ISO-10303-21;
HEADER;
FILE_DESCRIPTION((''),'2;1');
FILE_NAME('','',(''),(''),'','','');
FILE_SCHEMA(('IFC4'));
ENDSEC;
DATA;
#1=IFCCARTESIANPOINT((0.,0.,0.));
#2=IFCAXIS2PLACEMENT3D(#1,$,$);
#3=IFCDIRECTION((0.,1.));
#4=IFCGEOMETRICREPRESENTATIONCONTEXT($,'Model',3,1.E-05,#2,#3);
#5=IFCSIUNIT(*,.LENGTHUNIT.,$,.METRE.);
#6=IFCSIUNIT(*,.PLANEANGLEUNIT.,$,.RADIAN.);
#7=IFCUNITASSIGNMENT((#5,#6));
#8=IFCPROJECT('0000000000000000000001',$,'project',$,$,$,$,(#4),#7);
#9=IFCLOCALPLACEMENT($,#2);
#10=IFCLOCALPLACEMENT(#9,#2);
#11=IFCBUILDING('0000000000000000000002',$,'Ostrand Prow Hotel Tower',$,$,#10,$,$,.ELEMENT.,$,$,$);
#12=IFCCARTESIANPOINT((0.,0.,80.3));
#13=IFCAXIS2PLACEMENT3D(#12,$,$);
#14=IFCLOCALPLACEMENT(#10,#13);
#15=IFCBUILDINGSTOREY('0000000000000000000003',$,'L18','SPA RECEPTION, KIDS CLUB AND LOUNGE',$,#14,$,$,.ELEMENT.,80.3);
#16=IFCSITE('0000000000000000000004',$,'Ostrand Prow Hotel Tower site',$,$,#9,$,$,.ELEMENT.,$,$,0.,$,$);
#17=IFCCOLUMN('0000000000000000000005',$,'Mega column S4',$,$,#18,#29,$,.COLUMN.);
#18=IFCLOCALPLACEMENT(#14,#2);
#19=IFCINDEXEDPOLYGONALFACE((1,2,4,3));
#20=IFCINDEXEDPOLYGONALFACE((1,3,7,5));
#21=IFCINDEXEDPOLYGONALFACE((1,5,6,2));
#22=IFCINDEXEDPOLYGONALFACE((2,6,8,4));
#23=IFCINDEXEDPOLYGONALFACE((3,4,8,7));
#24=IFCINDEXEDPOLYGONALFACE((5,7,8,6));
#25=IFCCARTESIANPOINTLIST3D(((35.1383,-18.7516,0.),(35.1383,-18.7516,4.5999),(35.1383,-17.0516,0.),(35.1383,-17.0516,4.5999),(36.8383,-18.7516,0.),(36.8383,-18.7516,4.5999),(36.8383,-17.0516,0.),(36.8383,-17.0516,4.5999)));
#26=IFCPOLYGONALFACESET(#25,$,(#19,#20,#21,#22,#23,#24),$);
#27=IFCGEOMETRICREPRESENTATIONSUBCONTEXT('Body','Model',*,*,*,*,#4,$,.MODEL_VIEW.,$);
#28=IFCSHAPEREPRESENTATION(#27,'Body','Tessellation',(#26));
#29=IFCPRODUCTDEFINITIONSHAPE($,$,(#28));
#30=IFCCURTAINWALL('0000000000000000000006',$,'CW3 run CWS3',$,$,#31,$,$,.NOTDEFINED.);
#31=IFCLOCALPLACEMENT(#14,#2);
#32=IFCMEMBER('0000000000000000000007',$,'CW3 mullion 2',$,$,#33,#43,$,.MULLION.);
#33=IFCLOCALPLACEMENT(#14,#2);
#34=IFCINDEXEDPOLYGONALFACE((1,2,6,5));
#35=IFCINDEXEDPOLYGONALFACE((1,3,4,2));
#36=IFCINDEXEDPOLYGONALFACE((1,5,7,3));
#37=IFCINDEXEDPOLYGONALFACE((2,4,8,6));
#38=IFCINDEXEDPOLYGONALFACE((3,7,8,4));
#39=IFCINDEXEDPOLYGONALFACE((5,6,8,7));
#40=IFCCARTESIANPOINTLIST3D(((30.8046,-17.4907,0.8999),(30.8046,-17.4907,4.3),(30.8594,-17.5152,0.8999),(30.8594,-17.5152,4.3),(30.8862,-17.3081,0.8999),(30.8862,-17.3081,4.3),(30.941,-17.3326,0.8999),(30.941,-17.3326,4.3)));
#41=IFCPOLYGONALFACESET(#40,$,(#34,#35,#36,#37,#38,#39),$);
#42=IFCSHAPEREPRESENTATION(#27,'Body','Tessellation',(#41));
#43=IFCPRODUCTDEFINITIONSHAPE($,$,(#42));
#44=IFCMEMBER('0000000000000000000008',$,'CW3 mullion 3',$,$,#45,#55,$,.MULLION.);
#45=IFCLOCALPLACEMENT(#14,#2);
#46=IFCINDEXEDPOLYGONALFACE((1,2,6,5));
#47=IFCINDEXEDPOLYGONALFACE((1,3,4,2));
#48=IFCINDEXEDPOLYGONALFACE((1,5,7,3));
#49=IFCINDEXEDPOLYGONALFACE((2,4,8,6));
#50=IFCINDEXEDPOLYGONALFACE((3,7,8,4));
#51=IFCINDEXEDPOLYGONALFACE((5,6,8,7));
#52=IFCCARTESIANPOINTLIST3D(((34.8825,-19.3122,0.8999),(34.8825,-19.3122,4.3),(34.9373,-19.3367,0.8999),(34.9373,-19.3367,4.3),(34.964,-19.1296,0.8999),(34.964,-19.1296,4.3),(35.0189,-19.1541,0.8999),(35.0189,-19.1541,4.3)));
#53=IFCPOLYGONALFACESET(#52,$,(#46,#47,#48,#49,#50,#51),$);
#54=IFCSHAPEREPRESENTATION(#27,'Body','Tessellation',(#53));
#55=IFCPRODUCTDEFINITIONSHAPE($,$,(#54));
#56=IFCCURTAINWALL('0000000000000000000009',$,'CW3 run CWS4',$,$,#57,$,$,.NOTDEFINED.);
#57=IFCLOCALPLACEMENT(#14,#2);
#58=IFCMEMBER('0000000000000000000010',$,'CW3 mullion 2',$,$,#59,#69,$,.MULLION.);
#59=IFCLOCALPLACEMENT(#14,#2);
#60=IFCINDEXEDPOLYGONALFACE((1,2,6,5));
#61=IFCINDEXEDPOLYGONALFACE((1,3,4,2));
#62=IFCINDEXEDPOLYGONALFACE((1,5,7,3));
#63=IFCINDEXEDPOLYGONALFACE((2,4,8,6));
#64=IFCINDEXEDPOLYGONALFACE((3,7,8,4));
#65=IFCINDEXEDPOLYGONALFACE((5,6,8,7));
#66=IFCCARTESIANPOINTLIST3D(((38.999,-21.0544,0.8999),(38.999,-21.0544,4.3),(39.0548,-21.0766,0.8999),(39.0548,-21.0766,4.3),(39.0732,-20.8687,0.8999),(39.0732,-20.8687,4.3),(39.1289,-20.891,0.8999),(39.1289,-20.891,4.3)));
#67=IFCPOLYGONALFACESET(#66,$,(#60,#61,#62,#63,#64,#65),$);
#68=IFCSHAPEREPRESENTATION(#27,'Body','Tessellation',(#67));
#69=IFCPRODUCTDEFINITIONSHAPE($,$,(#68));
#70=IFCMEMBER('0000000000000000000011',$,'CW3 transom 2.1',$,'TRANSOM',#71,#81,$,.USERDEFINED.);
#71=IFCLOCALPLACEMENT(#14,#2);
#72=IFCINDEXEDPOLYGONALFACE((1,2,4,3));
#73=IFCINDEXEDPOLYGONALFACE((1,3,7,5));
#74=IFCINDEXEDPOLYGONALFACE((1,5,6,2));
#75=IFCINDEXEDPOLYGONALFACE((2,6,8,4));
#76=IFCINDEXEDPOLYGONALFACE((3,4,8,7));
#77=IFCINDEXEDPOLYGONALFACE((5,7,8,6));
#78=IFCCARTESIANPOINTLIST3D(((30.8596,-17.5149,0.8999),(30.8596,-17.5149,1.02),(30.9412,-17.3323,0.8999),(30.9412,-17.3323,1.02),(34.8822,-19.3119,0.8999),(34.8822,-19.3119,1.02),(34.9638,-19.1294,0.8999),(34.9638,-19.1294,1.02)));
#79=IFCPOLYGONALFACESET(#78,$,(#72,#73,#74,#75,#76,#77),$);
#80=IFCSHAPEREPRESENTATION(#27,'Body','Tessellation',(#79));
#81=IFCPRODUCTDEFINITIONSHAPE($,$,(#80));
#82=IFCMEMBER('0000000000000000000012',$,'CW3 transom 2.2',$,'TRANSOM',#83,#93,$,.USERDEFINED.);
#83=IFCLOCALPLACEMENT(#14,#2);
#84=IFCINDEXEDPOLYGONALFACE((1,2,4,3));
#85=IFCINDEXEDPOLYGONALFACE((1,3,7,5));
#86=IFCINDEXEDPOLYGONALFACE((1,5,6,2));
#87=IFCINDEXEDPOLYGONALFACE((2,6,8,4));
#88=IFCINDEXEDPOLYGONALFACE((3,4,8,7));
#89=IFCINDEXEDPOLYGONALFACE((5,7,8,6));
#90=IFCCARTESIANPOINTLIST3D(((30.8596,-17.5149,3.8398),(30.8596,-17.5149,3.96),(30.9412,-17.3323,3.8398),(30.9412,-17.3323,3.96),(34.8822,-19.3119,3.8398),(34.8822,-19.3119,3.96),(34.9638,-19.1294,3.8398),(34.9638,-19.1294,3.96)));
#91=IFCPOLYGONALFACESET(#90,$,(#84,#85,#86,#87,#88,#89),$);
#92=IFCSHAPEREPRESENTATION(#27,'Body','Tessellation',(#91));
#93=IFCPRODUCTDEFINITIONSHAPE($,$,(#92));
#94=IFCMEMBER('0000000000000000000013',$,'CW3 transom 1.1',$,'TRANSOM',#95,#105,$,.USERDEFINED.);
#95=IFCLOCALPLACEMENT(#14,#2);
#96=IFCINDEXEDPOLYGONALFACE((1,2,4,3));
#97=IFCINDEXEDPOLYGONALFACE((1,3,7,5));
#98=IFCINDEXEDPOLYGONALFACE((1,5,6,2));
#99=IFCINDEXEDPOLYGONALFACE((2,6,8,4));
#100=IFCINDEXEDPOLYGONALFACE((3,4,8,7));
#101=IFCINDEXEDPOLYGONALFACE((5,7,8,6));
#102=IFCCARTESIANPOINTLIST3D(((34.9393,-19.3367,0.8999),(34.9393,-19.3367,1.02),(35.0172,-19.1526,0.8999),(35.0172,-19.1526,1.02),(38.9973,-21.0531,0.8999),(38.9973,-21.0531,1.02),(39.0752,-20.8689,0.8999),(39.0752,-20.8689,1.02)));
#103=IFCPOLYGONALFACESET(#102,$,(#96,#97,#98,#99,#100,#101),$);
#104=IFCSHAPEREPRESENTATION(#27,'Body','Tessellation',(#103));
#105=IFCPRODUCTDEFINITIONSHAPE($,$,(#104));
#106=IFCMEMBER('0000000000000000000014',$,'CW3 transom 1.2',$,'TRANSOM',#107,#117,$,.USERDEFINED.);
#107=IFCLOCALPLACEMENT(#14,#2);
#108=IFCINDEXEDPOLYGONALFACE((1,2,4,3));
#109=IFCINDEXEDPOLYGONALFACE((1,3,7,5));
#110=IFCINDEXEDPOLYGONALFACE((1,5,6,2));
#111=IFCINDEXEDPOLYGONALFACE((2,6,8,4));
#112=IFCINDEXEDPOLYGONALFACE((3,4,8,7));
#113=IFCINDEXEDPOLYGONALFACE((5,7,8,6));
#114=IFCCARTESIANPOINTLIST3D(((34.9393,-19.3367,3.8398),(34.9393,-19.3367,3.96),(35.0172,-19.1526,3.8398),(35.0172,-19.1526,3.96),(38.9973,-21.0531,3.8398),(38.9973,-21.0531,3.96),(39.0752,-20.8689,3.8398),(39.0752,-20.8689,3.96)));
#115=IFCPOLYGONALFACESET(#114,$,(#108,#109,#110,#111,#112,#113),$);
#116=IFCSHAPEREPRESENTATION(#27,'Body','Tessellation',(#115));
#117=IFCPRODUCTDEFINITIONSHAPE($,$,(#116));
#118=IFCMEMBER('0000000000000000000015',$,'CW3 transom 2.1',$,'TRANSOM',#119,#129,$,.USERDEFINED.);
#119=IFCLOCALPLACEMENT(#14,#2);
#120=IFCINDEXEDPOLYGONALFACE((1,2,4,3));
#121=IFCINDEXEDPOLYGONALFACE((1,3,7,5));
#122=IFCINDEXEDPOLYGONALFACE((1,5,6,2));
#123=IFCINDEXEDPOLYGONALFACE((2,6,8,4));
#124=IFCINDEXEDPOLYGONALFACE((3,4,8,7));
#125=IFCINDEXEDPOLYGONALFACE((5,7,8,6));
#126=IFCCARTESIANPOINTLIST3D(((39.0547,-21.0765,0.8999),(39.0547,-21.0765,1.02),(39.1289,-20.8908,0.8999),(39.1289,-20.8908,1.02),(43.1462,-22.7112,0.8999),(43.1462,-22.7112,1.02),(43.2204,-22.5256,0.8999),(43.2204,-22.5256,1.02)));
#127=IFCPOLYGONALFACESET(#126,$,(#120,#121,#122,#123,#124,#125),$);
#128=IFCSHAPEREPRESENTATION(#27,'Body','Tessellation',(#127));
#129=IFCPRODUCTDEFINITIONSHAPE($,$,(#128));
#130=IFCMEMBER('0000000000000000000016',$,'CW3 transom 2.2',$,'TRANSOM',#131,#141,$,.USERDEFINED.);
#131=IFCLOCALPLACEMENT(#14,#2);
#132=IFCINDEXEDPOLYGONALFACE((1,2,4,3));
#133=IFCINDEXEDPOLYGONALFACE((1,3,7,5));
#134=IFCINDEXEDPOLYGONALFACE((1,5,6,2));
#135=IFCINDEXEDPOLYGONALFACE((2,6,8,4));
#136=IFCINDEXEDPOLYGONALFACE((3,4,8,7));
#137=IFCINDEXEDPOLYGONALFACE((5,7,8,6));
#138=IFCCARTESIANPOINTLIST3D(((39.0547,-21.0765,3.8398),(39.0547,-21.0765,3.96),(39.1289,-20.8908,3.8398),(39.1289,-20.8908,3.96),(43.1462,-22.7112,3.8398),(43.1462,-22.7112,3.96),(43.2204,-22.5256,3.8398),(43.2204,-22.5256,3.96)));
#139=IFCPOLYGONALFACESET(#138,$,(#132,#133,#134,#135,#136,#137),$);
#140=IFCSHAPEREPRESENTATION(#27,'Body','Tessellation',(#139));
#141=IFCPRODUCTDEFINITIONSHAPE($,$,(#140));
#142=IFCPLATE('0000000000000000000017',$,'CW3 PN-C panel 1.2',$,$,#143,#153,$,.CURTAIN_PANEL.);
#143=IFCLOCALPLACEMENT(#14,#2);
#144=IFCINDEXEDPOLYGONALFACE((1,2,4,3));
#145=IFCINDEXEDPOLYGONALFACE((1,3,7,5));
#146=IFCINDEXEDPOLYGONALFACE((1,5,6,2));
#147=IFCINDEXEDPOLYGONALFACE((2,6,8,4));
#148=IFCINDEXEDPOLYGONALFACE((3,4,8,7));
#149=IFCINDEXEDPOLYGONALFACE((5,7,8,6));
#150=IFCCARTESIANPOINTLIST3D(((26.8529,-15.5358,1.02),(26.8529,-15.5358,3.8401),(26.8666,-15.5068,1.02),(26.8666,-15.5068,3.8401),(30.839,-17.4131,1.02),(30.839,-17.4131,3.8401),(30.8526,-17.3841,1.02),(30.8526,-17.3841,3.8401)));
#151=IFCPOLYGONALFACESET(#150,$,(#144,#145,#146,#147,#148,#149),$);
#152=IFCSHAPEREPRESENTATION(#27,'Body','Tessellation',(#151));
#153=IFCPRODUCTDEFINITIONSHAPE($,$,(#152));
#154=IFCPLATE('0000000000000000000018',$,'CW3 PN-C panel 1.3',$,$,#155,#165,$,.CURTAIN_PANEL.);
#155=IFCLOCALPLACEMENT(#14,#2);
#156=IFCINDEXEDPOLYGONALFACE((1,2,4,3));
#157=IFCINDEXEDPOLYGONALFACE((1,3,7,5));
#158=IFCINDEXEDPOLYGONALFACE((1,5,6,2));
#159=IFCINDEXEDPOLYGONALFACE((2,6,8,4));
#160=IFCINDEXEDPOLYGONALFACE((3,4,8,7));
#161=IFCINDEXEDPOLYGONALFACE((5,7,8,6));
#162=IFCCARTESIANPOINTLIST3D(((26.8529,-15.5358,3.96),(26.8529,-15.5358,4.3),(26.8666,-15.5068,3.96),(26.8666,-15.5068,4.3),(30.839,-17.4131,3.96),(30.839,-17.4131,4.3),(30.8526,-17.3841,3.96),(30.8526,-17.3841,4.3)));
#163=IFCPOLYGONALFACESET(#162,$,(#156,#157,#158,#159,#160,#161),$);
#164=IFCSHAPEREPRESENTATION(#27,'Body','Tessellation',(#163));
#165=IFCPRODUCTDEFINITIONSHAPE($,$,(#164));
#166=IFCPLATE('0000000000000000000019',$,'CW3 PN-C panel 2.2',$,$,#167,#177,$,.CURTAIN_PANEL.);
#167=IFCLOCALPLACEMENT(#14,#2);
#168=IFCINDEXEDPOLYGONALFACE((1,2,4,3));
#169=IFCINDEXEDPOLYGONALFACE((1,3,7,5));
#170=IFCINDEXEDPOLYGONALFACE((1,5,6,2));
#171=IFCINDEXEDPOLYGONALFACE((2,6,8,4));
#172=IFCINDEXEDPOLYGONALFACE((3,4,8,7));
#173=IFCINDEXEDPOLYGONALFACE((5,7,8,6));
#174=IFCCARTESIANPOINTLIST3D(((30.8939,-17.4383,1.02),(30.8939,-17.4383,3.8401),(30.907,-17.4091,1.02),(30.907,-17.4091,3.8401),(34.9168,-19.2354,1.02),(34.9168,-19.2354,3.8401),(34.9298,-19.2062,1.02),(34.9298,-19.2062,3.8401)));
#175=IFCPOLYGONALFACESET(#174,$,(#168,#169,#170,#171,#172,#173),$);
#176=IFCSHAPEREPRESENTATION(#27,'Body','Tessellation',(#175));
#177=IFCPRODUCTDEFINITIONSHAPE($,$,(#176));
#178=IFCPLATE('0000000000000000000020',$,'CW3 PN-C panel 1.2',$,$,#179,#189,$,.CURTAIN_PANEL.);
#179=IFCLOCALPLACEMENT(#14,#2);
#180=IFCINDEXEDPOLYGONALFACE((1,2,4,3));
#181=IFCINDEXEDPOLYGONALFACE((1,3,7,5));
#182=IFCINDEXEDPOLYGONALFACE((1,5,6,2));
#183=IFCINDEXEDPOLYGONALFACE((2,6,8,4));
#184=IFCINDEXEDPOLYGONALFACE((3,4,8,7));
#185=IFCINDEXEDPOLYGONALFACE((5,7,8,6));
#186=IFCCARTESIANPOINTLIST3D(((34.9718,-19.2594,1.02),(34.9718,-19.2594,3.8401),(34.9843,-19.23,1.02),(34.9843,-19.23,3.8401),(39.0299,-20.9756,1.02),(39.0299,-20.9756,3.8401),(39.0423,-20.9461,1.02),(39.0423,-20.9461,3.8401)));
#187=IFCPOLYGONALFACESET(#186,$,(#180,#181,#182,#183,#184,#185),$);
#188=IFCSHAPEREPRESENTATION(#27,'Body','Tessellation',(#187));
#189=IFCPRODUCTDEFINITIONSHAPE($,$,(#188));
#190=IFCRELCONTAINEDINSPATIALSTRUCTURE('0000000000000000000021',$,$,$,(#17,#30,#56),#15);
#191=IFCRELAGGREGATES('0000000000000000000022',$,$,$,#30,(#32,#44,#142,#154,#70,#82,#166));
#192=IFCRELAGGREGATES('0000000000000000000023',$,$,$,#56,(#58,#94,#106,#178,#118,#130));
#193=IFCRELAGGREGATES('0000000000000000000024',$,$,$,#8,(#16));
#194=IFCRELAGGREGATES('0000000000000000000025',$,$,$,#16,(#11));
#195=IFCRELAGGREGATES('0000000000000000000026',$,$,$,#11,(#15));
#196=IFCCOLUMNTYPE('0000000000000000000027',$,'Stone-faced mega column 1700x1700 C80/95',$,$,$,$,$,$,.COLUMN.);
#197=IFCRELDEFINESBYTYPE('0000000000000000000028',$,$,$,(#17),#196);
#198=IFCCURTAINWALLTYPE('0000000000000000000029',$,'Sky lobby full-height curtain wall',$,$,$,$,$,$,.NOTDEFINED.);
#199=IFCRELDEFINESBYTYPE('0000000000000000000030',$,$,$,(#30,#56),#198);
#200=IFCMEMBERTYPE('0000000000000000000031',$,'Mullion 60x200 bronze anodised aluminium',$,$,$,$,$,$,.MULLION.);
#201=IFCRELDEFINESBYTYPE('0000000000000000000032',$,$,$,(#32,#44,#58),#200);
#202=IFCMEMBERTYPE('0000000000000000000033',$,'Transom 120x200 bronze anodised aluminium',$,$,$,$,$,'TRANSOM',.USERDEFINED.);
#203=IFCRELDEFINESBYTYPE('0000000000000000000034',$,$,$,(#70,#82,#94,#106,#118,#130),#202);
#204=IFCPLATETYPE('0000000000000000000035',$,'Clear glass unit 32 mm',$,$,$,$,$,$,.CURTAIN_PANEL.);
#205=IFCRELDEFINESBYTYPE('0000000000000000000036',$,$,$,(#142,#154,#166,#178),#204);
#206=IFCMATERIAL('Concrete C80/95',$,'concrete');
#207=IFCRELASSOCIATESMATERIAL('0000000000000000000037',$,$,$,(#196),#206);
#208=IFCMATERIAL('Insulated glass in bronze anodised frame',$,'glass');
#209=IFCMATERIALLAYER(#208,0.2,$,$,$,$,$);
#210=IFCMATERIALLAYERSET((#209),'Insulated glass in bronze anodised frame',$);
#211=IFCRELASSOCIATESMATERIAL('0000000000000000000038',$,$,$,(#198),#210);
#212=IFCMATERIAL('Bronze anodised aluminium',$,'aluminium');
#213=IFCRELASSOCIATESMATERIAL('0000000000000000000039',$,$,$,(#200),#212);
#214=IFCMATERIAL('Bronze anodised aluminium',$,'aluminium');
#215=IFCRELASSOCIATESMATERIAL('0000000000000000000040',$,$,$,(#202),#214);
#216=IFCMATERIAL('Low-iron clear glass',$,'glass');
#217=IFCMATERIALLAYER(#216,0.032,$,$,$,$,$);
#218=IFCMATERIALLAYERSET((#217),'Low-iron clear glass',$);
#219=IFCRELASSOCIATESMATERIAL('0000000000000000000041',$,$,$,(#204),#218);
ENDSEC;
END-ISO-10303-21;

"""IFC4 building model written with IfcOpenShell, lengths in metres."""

from ifc_helpers import new_model, si_unit, direction, frame, origin, origin_2d, place, context, subcontext, project, spatial, rectangle, extrude, material, layer, layer_set, material_profile, profile_set, type_object, element, aggregate, save


model = new_model("IFC4")

# Units and contexts
model_context = context("Model", 3, precision=1e-05, world=origin(), true_north=direction((0.0, 1.0)))
body_context = subcontext(model_context, "Body", "Model", "MODEL_VIEW")
ifc_project = project(units=[si_unit("LENGTHUNIT", "METRE"), si_unit("PLANEANGLEUNIT", "RADIAN")], contexts=[model_context])

# Site, building, storey
site_placement = place(None, origin())
site = spatial("IfcSite", under=ifc_project, at=site_placement, Name="Ostrand Prow Hotel Tower site", CompositionType="ELEMENT", RefElevation=0.0)
building_placement = place(site_placement, origin())
building = spatial("IfcBuilding", under=site, at=building_placement, Name="Ostrand Prow Hotel Tower", CompositionType="ELEMENT")
storey_placement = place(building_placement, frame((0.0, 0.0, 80.3)))
storey = spatial("IfcBuildingStorey", under=building, at=storey_placement, Name="L18", Description="SPA RECEPTION, KIDS CLUB AND LOUNGE", CompositionType="ELEMENT", Elevation=80.3)

# Column
ifc_material_1 = material(Name="Concrete C80/95", Category="concrete")
ifc_material_profile_1 = material_profile(ifc_material_1, rectangle(XDim=1.7, YDim=1.7, at=origin_2d()), Name="RC 1700x1700")
ifc_profile_set_1 = profile_set([ifc_material_profile_1], Name="Concrete C80/95")
column_type = type_object("IfcColumnType", Name="Stone-faced mega column 1700x1700 C80/95", PredefinedType="COLUMN", material=ifc_profile_set_1)
column_placement = place(storey_placement, frame((35.9883, -17.9016, 0.0), z_axis=(0.0, 0.0, 1.0), x_axis=(1.0, 0.0, 0.0)))
element("IfcColumn", 1, at=column_placement, inside=storey, type_object=column_type, Name="Mega column S4", PredefinedType="COLUMN", context=body_context, shape_type="SweptSolid", body=[
    extrude(rectangle(XDim=1.7, YDim=1.7, at=origin_2d()), origin(), (0.0, 0.0, 1.0), 4.5999),
])

# Curtain wall, members
ifc_material_2 = material(Name="Insulated glass in bronze anodised frame", Category="glass")
ifc_layer_1 = layer(ifc_material_2, 0.2)
ifc_layer_set_1 = layer_set([ifc_layer_1], Name="Insulated glass in bronze anodised frame")
curtain_wall_type = type_object("IfcCurtainWallType", Name="Sky lobby full-height curtain wall", PredefinedType="NOTDEFINED", material=ifc_layer_set_1)
curtain_wall_1_placement = place(storey_placement, origin())
curtain_wall_1 = element("IfcCurtainWall", 2, at=curtain_wall_1_placement, inside=storey, type_object=curtain_wall_type, Name="CW3 run CWS3", PredefinedType="NOTDEFINED")
ifc_material_3 = material(Name="Bronze anodised aluminium", Category="aluminium")
ifc_material_profile_2 = material_profile(ifc_material_3, rectangle(XDim=0.2, YDim=0.0601, at=origin_2d()), Name="Mullion 60x200 bronze anodised aluminium")
ifc_profile_set_2 = profile_set([ifc_material_profile_2], Name="Bronze anodised aluminium")
member_type_1 = type_object("IfcMemberType", Name="Mullion 60x200 bronze anodised aluminium", PredefinedType="MULLION", material=ifc_profile_set_2)
member_1_placement = place(storey_placement, frame((30.8728, -17.4116, 0.8999), z_axis=(0.0, 0.0, 1.0), x_axis=(0.407875, 0.913038, 0.0)))
member_1 = element("IfcMember", 3, at=member_1_placement, type_object=member_type_1, Name="CW3 mullion 2", PredefinedType="MULLION", context=body_context, shape_type="SweptSolid", body=[
    extrude(rectangle(XDim=0.2, YDim=0.0601, at=origin_2d()), origin(), (0.0, 0.0, 1.0), 3.4001),
])
member_2_placement = place(storey_placement, frame((34.9507, -19.2332, 0.8999), z_axis=(0.0, 0.0, 1.0), x_axis=(0.407875, 0.913038, 0.0)))
member_2 = element("IfcMember", 4, at=member_2_placement, type_object=member_type_1, Name="CW3 mullion 3", PredefinedType="MULLION", context=body_context, shape_type="SweptSolid", body=[
    extrude(rectangle(XDim=0.2, YDim=0.0601, at=origin_2d()), origin(), (0.0, 0.0, 1.0), 3.4001),
])

# Curtain wall, member
curtain_wall_2_placement = place(storey_placement, origin())
curtain_wall_2 = element("IfcCurtainWall", 5, at=curtain_wall_2_placement, inside=storey, type_object=curtain_wall_type, Name="CW3 run CWS4", PredefinedType="NOTDEFINED")
member_3_placement = place(storey_placement, frame((39.064, -20.9727, 0.8999), z_axis=(0.0, 0.0, 1.0), x_axis=(0.370982, 0.92864, 0.0)))
member_3 = element("IfcMember", 6, at=member_3_placement, type_object=member_type_1, Name="CW3 mullion 2", PredefinedType="MULLION", context=body_context, shape_type="SweptSolid", body=[
    extrude(rectangle(XDim=0.2, YDim=0.0601, at=origin_2d()), origin(), (0.0, 0.0, 1.0), 3.4001),
])

# Members
ifc_material_4 = material(Name="Bronze anodised aluminium", Category="aluminium")
ifc_material_profile_3 = material_profile(ifc_material_4, rectangle(XDim=0.2, YDim=0.1201, at=origin_2d()), Name="Transom 120x200 bronze anodised aluminium")
ifc_profile_set_3 = profile_set([ifc_material_profile_3], Name="Bronze anodised aluminium")
member_type_2 = type_object("IfcMemberType", Name="Transom 120x200 bronze anodised aluminium", ElementType="TRANSOM", PredefinedType="USERDEFINED", material=ifc_profile_set_3)
member_4_placement = place(storey_placement, frame((30.9004, -17.4236, 0.96), z_axis=(0.913031, -0.407891, 0.0), x_axis=(0.407891, 0.913031, 0.0)))
member_4 = element("IfcMember", 7, at=member_4_placement, type_object=member_type_2, Name="CW3 transom 2.1", ObjectType="TRANSOM", PredefinedType="USERDEFINED", context=body_context, shape_type="SweptSolid", body=[
    extrude(rectangle(XDim=0.2, YDim=0.1201, at=origin_2d()), origin(), (0.0, 0.0, 1.0), 4.4058),
])
member_5_placement = place(storey_placement, frame((30.9004, -17.4236, 3.8999), z_axis=(0.913031, -0.407891, 0.0), x_axis=(0.407891, 0.913031, 0.0)))
member_5 = element("IfcMember", 8, at=member_5_placement, type_object=member_type_2, Name="CW3 transom 2.2", ObjectType="TRANSOM", PredefinedType="USERDEFINED", context=body_context, shape_type="SweptSolid", body=[
    extrude(rectangle(XDim=0.2, YDim=0.1201, at=origin_2d()), origin(), (0.0, 0.0, 1.0), 4.4058),
])
member_6_placement = place(storey_placement, frame((34.9783, -19.2446, 0.96), z_axis=(0.921006, -0.389548, 0.0), x_axis=(0.389548, 0.921006, 0.0)))
member_6 = element("IfcMember", 9, at=member_6_placement, type_object=member_type_2, Name="CW3 transom 1.1", ObjectType="TRANSOM", PredefinedType="USERDEFINED", context=body_context, shape_type="SweptSolid", body=[
    extrude(rectangle(XDim=0.2, YDim=0.1201, at=origin_2d()), origin(), (0.0, 0.0, 1.0), 4.406),
])
member_7_placement = place(storey_placement, frame((34.9783, -19.2446, 3.8999), z_axis=(0.921006, -0.389548, 0.0), x_axis=(0.389548, 0.921006, 0.0)))
member_7 = element("IfcMember", 10, at=member_7_placement, type_object=member_type_2, Name="CW3 transom 1.2", ObjectType="TRANSOM", PredefinedType="USERDEFINED", context=body_context, shape_type="SweptSolid", body=[
    extrude(rectangle(XDim=0.2, YDim=0.1201, at=origin_2d()), origin(), (0.0, 0.0, 1.0), 4.406),
])
member_8_placement = place(storey_placement, frame((39.0918, -20.9836, 0.96), z_axis=(0.928622, -0.371028, 0.0), x_axis=(0.371028, 0.928622, 0.0)))
member_8 = element("IfcMember", 11, at=member_8_placement, type_object=member_type_2, Name="CW3 transom 2.1", ObjectType="TRANSOM", PredefinedType="USERDEFINED", context=body_context, shape_type="SweptSolid", body=[
    extrude(rectangle(XDim=0.2, YDim=0.1201, at=origin_2d()), origin(), (0.0, 0.0, 1.0), 4.406),
])
member_9_placement = place(storey_placement, frame((39.0918, -20.9836, 3.8999), z_axis=(0.928622, -0.371028, 0.0), x_axis=(0.371028, 0.928622, 0.0)))
member_9 = element("IfcMember", 12, at=member_9_placement, type_object=member_type_2, Name="CW3 transom 2.2", ObjectType="TRANSOM", PredefinedType="USERDEFINED", context=body_context, shape_type="SweptSolid", body=[
    extrude(rectangle(XDim=0.2, YDim=0.1201, at=origin_2d()), origin(), (0.0, 0.0, 1.0), 4.406),
])

# Plates
ifc_material_5 = material(Name="Low-iron clear glass", Category="glass")
ifc_layer_2 = layer(ifc_material_5, 0.032)
ifc_layer_set_2 = layer_set([ifc_layer_2], Name="Low-iron clear glass")
plate_type_1 = type_object("IfcPlateType", Name="Clear glass unit 32 mm", PredefinedType="CURTAIN_PANEL", material=ifc_layer_set_2)
plate_1_placement = place(storey_placement, frame((28.8528, -16.46, 1.02), z_axis=(0.0, 0.0, 1.0), x_axis=(0.904686, -0.426079, 0.0)))
plate_1 = element("IfcPlate", 13, at=plate_1_placement, type_object=plate_type_1, Name="CW3 PN-C panel 1.2", PredefinedType="CURTAIN_PANEL", context=body_context, shape_type="SweptSolid", body=[
    extrude(rectangle(XDim=4.406, YDim=0.032, at=origin_2d()), origin(), (0.0, 0.0, 1.0), 2.8201),
])
plate_2_placement = place(storey_placement, frame((28.8528, -16.46, 3.96), z_axis=(0.0, 0.0, 1.0), x_axis=(0.904686, -0.426079, 0.0)))
plate_2 = element("IfcPlate", 14, at=plate_2_placement, type_object=plate_type_1, Name="CW3 PN-C panel 1.3", PredefinedType="CURTAIN_PANEL", context=body_context, shape_type="SweptSolid", body=[
    extrude(rectangle(XDim=4.406, YDim=0.032, at=origin_2d()), origin(), (0.0, 0.0, 1.0), 0.3401),
])
plate_3_placement = place(storey_placement, frame((32.9119, -18.3223, 1.02), z_axis=(0.0, 0.0, 1.0), x_axis=(0.913038, -0.407875, 0.0)))
plate_3 = element("IfcPlate", 15, at=plate_3_placement, type_object=plate_type_1, Name="CW3 PN-C panel 2.2", PredefinedType="CURTAIN_PANEL", context=body_context, shape_type="SweptSolid", body=[
    extrude(rectangle(XDim=4.406, YDim=0.032, at=origin_2d()), origin(), (0.0, 0.0, 1.0), 2.8201),
])
plate_4_placement = place(storey_placement, frame((37.0071, -20.1028, 1.02), z_axis=(0.0, 0.0, 1.0), x_axis=(0.921024, -0.389507, 0.0)))
plate_4 = element("IfcPlate", 16, at=plate_4_placement, type_object=plate_type_1, Name="CW3 PN-C panel 1.2", PredefinedType="CURTAIN_PANEL", context=body_context, shape_type="SweptSolid", body=[
    extrude(rectangle(XDim=4.406, YDim=0.032, at=origin_2d()), origin(), (0.0, 0.0, 1.0), 2.8201),
])
aggregate(curtain_wall_1, [member_1, member_2, plate_1, plate_2, member_4, member_5, plate_3])
aggregate(curtain_wall_2, [member_3, member_6, member_7, plate_4, member_8, member_9])

save(model, "model.ifc")
